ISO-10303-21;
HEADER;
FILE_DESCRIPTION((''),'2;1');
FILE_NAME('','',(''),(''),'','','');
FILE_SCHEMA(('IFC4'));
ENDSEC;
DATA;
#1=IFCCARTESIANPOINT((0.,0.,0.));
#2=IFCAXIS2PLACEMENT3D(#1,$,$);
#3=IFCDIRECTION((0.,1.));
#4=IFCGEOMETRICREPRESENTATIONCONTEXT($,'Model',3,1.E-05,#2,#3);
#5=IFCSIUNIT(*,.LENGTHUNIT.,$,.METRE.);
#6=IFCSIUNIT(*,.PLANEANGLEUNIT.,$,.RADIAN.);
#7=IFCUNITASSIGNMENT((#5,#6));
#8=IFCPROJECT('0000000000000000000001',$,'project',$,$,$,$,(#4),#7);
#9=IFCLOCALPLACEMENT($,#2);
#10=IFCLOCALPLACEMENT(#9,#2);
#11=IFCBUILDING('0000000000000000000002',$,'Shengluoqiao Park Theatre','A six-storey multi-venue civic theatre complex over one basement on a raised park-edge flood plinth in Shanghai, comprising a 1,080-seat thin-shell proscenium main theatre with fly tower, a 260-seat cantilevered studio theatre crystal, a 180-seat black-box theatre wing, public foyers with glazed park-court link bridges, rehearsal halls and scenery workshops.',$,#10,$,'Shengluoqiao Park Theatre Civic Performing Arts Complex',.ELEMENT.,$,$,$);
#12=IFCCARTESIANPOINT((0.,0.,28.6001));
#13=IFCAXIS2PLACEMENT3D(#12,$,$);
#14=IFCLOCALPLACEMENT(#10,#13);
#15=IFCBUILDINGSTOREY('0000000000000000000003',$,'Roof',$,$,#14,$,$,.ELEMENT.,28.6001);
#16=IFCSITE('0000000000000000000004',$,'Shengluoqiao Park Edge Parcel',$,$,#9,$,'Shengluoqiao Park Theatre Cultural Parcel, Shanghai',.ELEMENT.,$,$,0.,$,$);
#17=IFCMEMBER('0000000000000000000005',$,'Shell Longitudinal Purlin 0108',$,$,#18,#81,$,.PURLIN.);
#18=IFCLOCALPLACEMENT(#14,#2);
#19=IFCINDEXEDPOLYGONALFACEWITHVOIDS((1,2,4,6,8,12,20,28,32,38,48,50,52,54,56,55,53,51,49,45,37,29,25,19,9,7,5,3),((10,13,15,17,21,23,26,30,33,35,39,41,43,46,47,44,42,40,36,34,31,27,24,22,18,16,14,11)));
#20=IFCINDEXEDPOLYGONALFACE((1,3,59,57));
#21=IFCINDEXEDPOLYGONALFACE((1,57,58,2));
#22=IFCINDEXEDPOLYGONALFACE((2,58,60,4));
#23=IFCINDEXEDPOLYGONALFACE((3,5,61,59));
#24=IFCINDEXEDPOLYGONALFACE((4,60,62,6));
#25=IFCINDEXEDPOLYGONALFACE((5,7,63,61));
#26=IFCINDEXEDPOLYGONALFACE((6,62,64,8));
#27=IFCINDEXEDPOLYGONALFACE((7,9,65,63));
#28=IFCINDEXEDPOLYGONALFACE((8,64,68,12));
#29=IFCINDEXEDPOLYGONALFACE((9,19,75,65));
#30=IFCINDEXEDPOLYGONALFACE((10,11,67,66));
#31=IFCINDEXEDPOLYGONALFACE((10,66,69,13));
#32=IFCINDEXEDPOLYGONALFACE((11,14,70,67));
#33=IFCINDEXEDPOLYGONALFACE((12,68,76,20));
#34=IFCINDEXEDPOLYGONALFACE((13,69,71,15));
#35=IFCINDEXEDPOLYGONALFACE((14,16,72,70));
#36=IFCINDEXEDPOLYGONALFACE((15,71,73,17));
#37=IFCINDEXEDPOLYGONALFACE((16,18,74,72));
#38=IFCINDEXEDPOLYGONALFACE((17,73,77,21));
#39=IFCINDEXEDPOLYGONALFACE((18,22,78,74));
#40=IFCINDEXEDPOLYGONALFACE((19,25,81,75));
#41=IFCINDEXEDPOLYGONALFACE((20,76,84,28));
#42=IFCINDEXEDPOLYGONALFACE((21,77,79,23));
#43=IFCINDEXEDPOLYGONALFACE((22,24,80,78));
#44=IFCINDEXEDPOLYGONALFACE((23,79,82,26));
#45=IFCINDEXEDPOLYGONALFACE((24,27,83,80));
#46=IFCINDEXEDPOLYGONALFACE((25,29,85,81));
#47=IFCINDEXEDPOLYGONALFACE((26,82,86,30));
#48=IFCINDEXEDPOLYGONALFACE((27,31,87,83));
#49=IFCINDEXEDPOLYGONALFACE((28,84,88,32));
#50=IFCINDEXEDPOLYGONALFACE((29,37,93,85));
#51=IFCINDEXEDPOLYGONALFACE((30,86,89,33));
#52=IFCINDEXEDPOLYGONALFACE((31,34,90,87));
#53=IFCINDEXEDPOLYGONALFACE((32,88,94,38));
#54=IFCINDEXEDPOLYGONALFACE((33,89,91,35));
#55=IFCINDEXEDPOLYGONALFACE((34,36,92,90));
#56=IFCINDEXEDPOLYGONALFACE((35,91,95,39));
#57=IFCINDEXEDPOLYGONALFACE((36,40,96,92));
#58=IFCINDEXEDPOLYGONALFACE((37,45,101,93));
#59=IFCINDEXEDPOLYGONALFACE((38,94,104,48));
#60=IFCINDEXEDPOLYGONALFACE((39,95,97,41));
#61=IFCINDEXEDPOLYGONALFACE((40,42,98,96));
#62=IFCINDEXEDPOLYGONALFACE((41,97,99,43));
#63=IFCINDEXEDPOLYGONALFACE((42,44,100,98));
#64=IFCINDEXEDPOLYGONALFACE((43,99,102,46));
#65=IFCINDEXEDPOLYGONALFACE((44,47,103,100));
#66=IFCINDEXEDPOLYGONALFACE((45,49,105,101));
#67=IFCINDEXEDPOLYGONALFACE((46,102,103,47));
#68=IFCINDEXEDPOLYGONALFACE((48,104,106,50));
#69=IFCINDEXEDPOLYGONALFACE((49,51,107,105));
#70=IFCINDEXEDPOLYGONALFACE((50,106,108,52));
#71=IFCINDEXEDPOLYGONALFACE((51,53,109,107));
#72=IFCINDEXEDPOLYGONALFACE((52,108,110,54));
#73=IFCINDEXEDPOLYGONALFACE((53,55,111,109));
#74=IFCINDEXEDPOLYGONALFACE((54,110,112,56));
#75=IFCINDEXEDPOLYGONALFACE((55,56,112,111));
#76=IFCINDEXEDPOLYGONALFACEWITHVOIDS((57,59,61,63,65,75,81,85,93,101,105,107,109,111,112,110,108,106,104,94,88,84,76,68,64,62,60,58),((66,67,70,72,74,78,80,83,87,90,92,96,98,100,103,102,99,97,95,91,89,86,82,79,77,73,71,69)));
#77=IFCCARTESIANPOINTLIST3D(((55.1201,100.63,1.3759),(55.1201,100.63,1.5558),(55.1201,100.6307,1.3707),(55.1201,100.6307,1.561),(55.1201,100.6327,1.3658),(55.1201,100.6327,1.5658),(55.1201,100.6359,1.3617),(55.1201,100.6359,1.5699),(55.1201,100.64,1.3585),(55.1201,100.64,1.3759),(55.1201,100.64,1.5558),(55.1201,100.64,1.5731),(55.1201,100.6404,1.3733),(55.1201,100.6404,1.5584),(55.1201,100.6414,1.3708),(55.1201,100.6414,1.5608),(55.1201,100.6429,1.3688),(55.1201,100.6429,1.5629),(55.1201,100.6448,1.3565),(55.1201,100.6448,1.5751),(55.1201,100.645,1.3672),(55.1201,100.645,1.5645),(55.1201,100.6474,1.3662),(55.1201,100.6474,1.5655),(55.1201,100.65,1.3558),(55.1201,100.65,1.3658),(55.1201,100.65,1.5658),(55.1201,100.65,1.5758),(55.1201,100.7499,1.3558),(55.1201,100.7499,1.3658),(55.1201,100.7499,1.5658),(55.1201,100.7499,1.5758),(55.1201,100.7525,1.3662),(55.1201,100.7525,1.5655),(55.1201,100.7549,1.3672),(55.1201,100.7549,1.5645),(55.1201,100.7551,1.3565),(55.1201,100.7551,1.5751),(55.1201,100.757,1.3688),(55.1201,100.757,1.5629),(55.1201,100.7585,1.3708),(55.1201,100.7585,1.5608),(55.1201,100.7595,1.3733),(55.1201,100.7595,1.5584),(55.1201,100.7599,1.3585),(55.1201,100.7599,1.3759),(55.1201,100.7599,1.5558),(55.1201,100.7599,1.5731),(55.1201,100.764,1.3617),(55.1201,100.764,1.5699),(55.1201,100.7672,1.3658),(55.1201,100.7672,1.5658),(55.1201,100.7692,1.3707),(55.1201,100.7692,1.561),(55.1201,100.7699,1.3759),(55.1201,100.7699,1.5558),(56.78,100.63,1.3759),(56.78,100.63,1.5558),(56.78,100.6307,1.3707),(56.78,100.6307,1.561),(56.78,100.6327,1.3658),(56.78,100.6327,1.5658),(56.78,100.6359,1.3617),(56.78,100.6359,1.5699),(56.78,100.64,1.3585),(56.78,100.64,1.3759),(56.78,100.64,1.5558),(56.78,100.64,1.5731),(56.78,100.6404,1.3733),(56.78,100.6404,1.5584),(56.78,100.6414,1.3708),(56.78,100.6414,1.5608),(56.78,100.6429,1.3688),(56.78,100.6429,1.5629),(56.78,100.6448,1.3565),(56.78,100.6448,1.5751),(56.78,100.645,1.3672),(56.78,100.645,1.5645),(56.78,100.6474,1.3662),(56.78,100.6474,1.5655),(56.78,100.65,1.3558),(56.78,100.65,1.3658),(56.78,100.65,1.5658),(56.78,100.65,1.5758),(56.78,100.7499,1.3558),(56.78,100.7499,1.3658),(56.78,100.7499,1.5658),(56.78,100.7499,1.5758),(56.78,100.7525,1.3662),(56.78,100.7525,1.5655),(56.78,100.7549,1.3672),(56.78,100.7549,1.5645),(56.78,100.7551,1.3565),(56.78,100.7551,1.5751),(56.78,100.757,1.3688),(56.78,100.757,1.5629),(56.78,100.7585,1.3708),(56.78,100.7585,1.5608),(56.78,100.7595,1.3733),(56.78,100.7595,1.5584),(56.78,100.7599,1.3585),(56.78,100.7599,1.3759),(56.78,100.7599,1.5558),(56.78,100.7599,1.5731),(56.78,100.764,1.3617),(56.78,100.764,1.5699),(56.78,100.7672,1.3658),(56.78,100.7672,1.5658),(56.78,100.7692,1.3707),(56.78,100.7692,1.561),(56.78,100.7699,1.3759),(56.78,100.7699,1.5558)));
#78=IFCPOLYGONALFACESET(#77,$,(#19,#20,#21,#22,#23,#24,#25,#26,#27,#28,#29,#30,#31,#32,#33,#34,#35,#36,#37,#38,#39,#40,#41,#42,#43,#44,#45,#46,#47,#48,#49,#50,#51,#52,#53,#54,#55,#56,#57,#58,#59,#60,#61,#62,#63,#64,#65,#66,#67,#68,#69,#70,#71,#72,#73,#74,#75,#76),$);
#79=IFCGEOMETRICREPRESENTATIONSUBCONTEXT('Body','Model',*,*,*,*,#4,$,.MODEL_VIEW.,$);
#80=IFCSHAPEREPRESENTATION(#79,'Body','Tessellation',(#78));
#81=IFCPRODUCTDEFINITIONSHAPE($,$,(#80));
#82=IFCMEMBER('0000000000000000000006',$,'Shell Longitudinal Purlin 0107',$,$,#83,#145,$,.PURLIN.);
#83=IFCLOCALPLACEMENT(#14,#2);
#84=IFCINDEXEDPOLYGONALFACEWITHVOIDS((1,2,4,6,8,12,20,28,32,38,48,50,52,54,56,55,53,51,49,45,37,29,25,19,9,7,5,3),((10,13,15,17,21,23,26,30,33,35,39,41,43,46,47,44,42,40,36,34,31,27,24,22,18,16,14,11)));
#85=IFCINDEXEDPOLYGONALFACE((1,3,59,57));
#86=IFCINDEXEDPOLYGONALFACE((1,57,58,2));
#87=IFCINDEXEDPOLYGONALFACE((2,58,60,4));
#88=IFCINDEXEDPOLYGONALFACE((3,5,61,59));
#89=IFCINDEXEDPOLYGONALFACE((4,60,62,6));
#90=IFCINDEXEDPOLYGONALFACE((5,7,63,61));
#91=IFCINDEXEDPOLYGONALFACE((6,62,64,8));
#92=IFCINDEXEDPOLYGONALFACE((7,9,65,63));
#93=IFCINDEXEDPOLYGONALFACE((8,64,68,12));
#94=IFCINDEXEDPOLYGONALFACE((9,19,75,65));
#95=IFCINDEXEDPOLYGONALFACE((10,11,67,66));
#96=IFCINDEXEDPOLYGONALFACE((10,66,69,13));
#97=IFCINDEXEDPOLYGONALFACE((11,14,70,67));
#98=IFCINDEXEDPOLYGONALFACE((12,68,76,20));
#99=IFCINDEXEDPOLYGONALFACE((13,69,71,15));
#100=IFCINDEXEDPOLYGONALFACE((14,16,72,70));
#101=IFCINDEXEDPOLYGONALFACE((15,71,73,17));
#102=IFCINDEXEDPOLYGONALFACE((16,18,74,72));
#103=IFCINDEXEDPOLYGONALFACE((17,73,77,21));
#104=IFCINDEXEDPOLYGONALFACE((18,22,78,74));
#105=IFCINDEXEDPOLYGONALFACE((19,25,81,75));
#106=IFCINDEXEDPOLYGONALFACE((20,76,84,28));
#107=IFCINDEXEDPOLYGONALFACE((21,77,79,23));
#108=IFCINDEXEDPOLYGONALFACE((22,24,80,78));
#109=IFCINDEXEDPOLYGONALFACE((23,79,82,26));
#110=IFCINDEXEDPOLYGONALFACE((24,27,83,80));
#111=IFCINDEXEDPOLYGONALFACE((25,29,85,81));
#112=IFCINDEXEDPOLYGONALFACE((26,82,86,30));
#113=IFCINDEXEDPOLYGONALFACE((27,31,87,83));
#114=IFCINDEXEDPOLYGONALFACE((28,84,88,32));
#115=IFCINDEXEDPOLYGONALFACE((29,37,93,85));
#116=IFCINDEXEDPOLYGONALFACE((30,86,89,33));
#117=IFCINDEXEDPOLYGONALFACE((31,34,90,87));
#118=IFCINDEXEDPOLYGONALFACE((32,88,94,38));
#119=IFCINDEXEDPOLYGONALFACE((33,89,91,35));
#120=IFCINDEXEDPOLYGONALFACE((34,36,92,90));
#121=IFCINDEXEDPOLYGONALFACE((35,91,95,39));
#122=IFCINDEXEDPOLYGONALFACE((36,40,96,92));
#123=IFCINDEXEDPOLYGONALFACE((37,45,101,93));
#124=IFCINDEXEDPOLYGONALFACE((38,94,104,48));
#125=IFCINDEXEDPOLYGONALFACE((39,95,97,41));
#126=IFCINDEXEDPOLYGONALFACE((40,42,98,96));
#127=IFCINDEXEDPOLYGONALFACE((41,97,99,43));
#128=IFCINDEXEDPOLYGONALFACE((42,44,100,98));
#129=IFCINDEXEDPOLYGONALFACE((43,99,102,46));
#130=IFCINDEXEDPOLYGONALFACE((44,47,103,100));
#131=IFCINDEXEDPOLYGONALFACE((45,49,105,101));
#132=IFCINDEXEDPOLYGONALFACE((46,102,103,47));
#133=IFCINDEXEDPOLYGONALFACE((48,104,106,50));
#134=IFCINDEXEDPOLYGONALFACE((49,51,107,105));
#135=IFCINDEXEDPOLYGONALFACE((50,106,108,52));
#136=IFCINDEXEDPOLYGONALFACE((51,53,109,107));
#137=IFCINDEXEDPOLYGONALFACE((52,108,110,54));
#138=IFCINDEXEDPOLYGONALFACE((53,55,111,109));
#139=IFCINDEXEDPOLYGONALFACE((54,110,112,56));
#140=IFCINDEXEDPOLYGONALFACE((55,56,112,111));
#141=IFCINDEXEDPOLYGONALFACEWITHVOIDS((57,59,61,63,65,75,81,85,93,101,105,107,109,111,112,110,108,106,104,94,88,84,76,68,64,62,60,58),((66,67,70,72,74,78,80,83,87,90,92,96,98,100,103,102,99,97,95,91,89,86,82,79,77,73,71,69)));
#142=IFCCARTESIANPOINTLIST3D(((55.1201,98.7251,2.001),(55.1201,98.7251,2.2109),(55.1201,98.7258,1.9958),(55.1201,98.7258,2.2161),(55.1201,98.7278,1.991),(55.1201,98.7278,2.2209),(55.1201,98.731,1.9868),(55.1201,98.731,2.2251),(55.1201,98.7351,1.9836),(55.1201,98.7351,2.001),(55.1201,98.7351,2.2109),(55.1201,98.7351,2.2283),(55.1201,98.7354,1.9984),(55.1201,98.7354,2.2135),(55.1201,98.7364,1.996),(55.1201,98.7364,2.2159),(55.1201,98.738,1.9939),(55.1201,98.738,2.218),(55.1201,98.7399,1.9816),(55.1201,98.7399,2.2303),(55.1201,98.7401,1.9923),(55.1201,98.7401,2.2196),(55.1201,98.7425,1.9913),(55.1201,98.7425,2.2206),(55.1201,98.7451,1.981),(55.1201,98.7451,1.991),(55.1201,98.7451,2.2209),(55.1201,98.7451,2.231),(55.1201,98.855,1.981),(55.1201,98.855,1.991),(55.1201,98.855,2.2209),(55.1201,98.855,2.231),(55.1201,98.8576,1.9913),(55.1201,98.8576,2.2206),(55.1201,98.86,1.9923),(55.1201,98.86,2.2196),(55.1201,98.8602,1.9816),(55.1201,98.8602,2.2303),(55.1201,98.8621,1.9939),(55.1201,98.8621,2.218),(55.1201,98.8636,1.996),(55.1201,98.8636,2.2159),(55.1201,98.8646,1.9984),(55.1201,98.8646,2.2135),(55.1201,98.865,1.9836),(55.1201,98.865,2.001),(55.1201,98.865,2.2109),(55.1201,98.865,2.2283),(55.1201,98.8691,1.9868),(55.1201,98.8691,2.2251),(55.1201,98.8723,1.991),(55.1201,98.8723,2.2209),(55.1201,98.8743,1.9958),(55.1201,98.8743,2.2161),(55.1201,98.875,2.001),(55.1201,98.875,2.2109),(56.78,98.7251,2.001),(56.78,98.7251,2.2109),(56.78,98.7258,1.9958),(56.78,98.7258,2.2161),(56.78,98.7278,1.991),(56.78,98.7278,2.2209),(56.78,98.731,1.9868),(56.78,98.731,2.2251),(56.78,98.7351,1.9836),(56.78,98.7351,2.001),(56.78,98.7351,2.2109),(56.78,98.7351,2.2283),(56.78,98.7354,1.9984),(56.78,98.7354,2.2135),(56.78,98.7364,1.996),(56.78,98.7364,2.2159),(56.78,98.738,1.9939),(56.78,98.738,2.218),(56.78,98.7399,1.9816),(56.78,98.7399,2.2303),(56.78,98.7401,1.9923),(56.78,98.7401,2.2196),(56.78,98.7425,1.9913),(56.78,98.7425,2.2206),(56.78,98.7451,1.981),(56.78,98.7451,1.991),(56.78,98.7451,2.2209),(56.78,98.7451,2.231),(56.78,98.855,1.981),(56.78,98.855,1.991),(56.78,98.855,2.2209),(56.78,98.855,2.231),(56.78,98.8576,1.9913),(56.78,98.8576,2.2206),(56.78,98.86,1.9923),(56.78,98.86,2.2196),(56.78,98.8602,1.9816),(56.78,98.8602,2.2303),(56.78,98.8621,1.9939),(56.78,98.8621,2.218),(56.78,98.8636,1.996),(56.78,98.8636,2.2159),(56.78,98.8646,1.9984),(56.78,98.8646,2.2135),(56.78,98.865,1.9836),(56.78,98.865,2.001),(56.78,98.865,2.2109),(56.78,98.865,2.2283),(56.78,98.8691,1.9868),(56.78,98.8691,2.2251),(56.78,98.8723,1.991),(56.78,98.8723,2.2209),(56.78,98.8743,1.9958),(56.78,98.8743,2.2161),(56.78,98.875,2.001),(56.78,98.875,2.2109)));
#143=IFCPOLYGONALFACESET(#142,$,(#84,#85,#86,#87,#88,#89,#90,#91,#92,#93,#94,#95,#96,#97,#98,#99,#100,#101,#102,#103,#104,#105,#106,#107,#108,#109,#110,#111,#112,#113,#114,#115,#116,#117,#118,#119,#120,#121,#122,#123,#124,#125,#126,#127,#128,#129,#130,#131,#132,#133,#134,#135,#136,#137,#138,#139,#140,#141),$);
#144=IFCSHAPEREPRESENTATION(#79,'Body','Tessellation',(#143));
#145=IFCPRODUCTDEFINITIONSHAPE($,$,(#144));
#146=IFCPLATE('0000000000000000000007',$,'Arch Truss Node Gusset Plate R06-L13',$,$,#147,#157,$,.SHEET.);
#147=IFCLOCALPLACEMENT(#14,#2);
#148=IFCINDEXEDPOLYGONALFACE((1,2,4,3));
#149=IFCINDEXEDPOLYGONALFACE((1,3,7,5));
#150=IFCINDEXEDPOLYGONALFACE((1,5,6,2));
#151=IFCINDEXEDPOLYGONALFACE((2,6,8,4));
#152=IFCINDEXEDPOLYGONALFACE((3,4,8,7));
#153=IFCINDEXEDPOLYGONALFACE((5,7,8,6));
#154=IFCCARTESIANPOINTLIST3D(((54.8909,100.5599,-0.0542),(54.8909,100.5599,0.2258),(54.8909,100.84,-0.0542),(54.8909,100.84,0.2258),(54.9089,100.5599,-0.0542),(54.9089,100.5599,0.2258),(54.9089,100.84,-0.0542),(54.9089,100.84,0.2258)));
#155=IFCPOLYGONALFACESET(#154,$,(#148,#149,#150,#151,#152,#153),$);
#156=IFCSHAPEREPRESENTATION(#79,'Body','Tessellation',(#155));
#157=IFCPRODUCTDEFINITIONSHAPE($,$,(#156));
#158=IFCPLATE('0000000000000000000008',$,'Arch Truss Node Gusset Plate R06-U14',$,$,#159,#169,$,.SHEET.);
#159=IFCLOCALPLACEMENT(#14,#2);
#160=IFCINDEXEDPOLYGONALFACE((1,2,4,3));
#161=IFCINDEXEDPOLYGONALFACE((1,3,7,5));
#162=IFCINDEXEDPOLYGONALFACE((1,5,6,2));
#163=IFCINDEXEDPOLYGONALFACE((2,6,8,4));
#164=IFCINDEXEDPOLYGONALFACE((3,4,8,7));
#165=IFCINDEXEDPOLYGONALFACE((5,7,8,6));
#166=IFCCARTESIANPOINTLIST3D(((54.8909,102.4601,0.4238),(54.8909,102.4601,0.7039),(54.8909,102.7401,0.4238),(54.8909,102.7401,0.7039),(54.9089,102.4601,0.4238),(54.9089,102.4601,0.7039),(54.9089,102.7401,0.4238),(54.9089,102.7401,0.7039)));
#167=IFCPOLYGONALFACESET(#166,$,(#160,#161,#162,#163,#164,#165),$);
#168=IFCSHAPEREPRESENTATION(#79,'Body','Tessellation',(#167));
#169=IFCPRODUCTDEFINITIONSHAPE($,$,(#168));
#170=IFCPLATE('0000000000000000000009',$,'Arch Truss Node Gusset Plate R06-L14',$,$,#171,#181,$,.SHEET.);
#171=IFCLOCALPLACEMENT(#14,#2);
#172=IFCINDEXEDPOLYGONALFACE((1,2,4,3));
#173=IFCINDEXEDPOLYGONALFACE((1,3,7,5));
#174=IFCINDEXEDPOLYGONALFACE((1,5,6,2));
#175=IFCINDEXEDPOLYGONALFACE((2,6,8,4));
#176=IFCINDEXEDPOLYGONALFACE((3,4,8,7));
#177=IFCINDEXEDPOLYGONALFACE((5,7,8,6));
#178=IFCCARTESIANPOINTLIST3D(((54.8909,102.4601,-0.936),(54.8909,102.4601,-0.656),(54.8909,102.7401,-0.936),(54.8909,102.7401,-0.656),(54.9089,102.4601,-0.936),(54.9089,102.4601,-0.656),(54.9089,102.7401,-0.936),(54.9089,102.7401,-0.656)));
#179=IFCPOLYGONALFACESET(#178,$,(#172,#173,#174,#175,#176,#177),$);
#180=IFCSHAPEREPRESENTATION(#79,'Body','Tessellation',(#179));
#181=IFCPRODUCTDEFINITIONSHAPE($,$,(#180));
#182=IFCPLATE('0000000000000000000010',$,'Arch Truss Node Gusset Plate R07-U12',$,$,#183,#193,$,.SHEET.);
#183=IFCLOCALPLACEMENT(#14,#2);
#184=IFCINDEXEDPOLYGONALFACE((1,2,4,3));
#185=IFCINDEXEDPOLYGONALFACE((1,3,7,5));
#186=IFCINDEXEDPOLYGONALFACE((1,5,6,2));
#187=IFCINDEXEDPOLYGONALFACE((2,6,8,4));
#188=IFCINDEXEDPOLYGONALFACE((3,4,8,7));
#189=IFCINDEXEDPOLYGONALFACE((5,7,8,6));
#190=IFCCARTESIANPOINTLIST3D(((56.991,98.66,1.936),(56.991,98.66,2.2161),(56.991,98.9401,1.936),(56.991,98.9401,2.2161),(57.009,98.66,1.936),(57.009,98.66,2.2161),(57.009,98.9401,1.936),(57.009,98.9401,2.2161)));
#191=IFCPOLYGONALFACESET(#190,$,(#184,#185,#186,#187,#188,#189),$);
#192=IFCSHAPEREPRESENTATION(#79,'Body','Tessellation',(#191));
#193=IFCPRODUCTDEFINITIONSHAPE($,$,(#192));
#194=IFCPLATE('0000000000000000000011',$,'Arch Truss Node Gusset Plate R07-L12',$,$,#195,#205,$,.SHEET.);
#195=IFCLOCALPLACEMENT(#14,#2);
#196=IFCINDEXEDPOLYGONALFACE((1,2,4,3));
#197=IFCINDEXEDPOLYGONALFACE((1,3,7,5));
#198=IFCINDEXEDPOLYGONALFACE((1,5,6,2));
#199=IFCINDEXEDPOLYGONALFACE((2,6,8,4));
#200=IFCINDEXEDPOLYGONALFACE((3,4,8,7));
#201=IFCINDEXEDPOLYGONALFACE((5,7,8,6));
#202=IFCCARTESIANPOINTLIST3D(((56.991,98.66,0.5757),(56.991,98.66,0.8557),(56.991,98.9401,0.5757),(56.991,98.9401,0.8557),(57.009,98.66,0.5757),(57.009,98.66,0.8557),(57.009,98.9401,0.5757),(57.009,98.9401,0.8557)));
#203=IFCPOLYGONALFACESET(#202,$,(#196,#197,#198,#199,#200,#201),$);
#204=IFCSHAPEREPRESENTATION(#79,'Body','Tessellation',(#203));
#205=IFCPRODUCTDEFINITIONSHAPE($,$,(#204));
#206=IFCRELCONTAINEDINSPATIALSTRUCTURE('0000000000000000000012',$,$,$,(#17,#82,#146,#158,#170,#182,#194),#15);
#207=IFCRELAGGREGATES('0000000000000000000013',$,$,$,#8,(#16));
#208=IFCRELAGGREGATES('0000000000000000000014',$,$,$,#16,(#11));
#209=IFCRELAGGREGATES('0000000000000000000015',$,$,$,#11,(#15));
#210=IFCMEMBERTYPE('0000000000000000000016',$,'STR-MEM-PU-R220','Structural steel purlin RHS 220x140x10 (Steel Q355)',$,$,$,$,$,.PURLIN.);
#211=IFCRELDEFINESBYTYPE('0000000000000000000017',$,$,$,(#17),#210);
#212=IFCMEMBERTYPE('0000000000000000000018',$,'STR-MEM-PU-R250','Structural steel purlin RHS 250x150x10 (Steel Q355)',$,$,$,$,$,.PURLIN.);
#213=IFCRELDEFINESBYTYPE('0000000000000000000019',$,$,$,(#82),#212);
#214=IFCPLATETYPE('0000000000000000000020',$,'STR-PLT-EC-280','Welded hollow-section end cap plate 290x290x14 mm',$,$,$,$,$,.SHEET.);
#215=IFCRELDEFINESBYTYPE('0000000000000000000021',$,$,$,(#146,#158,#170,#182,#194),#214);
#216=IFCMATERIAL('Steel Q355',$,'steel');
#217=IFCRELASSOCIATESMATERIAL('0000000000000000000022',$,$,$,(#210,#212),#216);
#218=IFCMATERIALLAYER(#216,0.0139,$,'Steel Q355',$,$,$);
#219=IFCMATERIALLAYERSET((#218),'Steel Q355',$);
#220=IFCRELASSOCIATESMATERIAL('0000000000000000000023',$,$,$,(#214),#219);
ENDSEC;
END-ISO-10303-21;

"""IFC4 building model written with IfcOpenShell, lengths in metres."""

from ifc_helpers import new_model, si_unit, direction, frame, origin, origin_2d, place, context, subcontext, project, spatial, rectangle, hollow_rectangle, extrude, material, layer, layer_set, material_profile, profile_set, type_object, element, save


model = new_model("IFC4")

# Units and contexts
model_context = context("Model", 3, precision=1e-05, world=origin(), true_north=direction((0.0, 1.0)))
body_context = subcontext(model_context, "Body", "Model", "MODEL_VIEW")
ifc_project = project(units=[si_unit("LENGTHUNIT", "METRE"), si_unit("PLANEANGLEUNIT", "RADIAN")], contexts=[model_context])

# Site, building, storey
site_placement = place(None, origin())
site = spatial("IfcSite", under=ifc_project, at=site_placement, Name="Shengluoqiao Park Edge Parcel", LongName="Shengluoqiao Park Theatre Cultural Parcel, Shanghai", CompositionType="ELEMENT", RefElevation=0.0)
building_placement = place(site_placement, origin())
building = spatial("IfcBuilding", under=site, at=building_placement, Name="Shengluoqiao Park Theatre", Description="A six-storey multi-venue civic theatre complex over one basement on a raised park-edge flood plinth in Shanghai, comprising a 1,080-seat thin-shell proscenium main theatre with fly tower, a 260-seat cantilevered studio theatre crystal, a 180-seat black-box theatre wing, public foyers with glazed park-court link bridges, rehearsal halls and scenery workshops.", LongName="Shengluoqiao Park Theatre Civic Performing Arts Complex", CompositionType="ELEMENT")
storey_placement = place(building_placement, frame((0.0, 0.0, 28.6001)))
storey = spatial("IfcBuildingStorey", under=building, at=storey_placement, Name="Roof", CompositionType="ELEMENT", Elevation=28.6001)

# Shared definitions
ifc_material_1 = material(Name="Steel Q355", Category="steel")

# Members
ifc_material_profile_1 = material_profile(ifc_material_1, hollow_rectangle(XDim=0.1399, YDim=0.22, WallThickness=0.01, InnerFilletRadius=0.01, OuterFilletRadius=0.02, at=origin_2d()), Name="RHS 220x140x10")
ifc_profile_set_1 = profile_set([ifc_material_profile_1], Name="Steel Q355")
member_type_1 = type_object("IfcMemberType", Name="STR-MEM-PU-R220", Description="Structural steel purlin RHS 220x140x10 (Steel Q355)", PredefinedType="PURLIN", material=ifc_profile_set_1)
member_1_placement = place(storey_placement, frame((55.1201, 100.7, 1.4658), z_axis=(1.0, 0.0, 0.0), x_axis=(0.0, 1.0, 0.0)))
element("IfcMember", 1, at=member_1_placement, inside=storey, type_object=member_type_1, Name="Shell Longitudinal Purlin 0108", PredefinedType="PURLIN", context=body_context, shape_type="SweptSolid", body=[
    extrude(hollow_rectangle(XDim=0.1399, YDim=0.22, WallThickness=0.01, InnerFilletRadius=0.01, OuterFilletRadius=0.02, at=origin_2d()), origin(), (0.0, 0.0, 1.0), 1.6599),
])
ifc_material_profile_2 = material_profile(ifc_material_1, hollow_rectangle(XDim=0.1499, YDim=0.25, WallThickness=0.01, InnerFilletRadius=0.01, OuterFilletRadius=0.02, at=origin_2d()), Name="RHS 250x150x10")
ifc_profile_set_2 = profile_set([ifc_material_profile_2], Name="Steel Q355")
member_type_2 = type_object("IfcMemberType", Name="STR-MEM-PU-R250", Description="Structural steel purlin RHS 250x150x10 (Steel Q355)", PredefinedType="PURLIN", material=ifc_profile_set_2)
member_2_placement = place(storey_placement, frame((55.1201, 98.8, 2.106), z_axis=(1.0, 0.0, 0.0), x_axis=(0.0, 1.0, 0.0)))
element("IfcMember", 2, at=member_2_placement, inside=storey, type_object=member_type_2, Name="Shell Longitudinal Purlin 0107", PredefinedType="PURLIN", context=body_context, shape_type="SweptSolid", body=[
    extrude(hollow_rectangle(XDim=0.1499, YDim=0.25, WallThickness=0.01, InnerFilletRadius=0.01, OuterFilletRadius=0.02, at=origin_2d()), origin(), (0.0, 0.0, 1.0), 1.6599),
])

# Plates
ifc_layer_1 = layer(ifc_material_1, 0.0139, Name="Steel Q355")
ifc_layer_set_1 = layer_set([ifc_layer_1], Name="Steel Q355")
plate_type_1 = type_object("IfcPlateType", Name="STR-PLT-EC-280", Description="Welded hollow-section end cap plate 290x290x14 mm", PredefinedType="SHEET", material=ifc_layer_set_1)
for number, where, z_axis, x_axis, name in (
    (3, (54.8999, 100.7, -0.0542), (0.0, 0.0, 1.0), (1.0, 0.0, 0.0), "Arch Truss Node Gusset Plate R06-L13"),
    (4, (54.8999, 102.6001, 0.4238), (0.0, 0.0, 1.0), (1.0, 0.0, 0.0), "Arch Truss Node Gusset Plate R06-U14"),
    (5, (54.8999, 102.6001, -0.936), (0.0, 0.0, 1.0), (1.0, 0.0, 0.0), "Arch Truss Node Gusset Plate R06-L14"),
    (6, (57.0, 98.8, 1.936), (0.0, 0.0, 1.0), (1.0, 0.0, 0.0), "Arch Truss Node Gusset Plate R07-U12"),
    (7, (57.0, 98.8, 0.5757), (0.0, 0.0, 1.0), (1.0, 0.0, 0.0), "Arch Truss Node Gusset Plate R07-L12"),
):
    element("IfcPlate", number, at=place(storey_placement, frame(where, z_axis=z_axis, x_axis=x_axis)), inside=storey, type_object=plate_type_1, Name=name, PredefinedType="SHEET", context=body_context, shape_type="SweptSolid", body=[
        extrude(rectangle(XDim=0.0181, YDim=0.28, at=origin_2d()), origin(), (0.0, 0.0, 1.0), 0.28),
    ])

save(model, "model.ifc")
